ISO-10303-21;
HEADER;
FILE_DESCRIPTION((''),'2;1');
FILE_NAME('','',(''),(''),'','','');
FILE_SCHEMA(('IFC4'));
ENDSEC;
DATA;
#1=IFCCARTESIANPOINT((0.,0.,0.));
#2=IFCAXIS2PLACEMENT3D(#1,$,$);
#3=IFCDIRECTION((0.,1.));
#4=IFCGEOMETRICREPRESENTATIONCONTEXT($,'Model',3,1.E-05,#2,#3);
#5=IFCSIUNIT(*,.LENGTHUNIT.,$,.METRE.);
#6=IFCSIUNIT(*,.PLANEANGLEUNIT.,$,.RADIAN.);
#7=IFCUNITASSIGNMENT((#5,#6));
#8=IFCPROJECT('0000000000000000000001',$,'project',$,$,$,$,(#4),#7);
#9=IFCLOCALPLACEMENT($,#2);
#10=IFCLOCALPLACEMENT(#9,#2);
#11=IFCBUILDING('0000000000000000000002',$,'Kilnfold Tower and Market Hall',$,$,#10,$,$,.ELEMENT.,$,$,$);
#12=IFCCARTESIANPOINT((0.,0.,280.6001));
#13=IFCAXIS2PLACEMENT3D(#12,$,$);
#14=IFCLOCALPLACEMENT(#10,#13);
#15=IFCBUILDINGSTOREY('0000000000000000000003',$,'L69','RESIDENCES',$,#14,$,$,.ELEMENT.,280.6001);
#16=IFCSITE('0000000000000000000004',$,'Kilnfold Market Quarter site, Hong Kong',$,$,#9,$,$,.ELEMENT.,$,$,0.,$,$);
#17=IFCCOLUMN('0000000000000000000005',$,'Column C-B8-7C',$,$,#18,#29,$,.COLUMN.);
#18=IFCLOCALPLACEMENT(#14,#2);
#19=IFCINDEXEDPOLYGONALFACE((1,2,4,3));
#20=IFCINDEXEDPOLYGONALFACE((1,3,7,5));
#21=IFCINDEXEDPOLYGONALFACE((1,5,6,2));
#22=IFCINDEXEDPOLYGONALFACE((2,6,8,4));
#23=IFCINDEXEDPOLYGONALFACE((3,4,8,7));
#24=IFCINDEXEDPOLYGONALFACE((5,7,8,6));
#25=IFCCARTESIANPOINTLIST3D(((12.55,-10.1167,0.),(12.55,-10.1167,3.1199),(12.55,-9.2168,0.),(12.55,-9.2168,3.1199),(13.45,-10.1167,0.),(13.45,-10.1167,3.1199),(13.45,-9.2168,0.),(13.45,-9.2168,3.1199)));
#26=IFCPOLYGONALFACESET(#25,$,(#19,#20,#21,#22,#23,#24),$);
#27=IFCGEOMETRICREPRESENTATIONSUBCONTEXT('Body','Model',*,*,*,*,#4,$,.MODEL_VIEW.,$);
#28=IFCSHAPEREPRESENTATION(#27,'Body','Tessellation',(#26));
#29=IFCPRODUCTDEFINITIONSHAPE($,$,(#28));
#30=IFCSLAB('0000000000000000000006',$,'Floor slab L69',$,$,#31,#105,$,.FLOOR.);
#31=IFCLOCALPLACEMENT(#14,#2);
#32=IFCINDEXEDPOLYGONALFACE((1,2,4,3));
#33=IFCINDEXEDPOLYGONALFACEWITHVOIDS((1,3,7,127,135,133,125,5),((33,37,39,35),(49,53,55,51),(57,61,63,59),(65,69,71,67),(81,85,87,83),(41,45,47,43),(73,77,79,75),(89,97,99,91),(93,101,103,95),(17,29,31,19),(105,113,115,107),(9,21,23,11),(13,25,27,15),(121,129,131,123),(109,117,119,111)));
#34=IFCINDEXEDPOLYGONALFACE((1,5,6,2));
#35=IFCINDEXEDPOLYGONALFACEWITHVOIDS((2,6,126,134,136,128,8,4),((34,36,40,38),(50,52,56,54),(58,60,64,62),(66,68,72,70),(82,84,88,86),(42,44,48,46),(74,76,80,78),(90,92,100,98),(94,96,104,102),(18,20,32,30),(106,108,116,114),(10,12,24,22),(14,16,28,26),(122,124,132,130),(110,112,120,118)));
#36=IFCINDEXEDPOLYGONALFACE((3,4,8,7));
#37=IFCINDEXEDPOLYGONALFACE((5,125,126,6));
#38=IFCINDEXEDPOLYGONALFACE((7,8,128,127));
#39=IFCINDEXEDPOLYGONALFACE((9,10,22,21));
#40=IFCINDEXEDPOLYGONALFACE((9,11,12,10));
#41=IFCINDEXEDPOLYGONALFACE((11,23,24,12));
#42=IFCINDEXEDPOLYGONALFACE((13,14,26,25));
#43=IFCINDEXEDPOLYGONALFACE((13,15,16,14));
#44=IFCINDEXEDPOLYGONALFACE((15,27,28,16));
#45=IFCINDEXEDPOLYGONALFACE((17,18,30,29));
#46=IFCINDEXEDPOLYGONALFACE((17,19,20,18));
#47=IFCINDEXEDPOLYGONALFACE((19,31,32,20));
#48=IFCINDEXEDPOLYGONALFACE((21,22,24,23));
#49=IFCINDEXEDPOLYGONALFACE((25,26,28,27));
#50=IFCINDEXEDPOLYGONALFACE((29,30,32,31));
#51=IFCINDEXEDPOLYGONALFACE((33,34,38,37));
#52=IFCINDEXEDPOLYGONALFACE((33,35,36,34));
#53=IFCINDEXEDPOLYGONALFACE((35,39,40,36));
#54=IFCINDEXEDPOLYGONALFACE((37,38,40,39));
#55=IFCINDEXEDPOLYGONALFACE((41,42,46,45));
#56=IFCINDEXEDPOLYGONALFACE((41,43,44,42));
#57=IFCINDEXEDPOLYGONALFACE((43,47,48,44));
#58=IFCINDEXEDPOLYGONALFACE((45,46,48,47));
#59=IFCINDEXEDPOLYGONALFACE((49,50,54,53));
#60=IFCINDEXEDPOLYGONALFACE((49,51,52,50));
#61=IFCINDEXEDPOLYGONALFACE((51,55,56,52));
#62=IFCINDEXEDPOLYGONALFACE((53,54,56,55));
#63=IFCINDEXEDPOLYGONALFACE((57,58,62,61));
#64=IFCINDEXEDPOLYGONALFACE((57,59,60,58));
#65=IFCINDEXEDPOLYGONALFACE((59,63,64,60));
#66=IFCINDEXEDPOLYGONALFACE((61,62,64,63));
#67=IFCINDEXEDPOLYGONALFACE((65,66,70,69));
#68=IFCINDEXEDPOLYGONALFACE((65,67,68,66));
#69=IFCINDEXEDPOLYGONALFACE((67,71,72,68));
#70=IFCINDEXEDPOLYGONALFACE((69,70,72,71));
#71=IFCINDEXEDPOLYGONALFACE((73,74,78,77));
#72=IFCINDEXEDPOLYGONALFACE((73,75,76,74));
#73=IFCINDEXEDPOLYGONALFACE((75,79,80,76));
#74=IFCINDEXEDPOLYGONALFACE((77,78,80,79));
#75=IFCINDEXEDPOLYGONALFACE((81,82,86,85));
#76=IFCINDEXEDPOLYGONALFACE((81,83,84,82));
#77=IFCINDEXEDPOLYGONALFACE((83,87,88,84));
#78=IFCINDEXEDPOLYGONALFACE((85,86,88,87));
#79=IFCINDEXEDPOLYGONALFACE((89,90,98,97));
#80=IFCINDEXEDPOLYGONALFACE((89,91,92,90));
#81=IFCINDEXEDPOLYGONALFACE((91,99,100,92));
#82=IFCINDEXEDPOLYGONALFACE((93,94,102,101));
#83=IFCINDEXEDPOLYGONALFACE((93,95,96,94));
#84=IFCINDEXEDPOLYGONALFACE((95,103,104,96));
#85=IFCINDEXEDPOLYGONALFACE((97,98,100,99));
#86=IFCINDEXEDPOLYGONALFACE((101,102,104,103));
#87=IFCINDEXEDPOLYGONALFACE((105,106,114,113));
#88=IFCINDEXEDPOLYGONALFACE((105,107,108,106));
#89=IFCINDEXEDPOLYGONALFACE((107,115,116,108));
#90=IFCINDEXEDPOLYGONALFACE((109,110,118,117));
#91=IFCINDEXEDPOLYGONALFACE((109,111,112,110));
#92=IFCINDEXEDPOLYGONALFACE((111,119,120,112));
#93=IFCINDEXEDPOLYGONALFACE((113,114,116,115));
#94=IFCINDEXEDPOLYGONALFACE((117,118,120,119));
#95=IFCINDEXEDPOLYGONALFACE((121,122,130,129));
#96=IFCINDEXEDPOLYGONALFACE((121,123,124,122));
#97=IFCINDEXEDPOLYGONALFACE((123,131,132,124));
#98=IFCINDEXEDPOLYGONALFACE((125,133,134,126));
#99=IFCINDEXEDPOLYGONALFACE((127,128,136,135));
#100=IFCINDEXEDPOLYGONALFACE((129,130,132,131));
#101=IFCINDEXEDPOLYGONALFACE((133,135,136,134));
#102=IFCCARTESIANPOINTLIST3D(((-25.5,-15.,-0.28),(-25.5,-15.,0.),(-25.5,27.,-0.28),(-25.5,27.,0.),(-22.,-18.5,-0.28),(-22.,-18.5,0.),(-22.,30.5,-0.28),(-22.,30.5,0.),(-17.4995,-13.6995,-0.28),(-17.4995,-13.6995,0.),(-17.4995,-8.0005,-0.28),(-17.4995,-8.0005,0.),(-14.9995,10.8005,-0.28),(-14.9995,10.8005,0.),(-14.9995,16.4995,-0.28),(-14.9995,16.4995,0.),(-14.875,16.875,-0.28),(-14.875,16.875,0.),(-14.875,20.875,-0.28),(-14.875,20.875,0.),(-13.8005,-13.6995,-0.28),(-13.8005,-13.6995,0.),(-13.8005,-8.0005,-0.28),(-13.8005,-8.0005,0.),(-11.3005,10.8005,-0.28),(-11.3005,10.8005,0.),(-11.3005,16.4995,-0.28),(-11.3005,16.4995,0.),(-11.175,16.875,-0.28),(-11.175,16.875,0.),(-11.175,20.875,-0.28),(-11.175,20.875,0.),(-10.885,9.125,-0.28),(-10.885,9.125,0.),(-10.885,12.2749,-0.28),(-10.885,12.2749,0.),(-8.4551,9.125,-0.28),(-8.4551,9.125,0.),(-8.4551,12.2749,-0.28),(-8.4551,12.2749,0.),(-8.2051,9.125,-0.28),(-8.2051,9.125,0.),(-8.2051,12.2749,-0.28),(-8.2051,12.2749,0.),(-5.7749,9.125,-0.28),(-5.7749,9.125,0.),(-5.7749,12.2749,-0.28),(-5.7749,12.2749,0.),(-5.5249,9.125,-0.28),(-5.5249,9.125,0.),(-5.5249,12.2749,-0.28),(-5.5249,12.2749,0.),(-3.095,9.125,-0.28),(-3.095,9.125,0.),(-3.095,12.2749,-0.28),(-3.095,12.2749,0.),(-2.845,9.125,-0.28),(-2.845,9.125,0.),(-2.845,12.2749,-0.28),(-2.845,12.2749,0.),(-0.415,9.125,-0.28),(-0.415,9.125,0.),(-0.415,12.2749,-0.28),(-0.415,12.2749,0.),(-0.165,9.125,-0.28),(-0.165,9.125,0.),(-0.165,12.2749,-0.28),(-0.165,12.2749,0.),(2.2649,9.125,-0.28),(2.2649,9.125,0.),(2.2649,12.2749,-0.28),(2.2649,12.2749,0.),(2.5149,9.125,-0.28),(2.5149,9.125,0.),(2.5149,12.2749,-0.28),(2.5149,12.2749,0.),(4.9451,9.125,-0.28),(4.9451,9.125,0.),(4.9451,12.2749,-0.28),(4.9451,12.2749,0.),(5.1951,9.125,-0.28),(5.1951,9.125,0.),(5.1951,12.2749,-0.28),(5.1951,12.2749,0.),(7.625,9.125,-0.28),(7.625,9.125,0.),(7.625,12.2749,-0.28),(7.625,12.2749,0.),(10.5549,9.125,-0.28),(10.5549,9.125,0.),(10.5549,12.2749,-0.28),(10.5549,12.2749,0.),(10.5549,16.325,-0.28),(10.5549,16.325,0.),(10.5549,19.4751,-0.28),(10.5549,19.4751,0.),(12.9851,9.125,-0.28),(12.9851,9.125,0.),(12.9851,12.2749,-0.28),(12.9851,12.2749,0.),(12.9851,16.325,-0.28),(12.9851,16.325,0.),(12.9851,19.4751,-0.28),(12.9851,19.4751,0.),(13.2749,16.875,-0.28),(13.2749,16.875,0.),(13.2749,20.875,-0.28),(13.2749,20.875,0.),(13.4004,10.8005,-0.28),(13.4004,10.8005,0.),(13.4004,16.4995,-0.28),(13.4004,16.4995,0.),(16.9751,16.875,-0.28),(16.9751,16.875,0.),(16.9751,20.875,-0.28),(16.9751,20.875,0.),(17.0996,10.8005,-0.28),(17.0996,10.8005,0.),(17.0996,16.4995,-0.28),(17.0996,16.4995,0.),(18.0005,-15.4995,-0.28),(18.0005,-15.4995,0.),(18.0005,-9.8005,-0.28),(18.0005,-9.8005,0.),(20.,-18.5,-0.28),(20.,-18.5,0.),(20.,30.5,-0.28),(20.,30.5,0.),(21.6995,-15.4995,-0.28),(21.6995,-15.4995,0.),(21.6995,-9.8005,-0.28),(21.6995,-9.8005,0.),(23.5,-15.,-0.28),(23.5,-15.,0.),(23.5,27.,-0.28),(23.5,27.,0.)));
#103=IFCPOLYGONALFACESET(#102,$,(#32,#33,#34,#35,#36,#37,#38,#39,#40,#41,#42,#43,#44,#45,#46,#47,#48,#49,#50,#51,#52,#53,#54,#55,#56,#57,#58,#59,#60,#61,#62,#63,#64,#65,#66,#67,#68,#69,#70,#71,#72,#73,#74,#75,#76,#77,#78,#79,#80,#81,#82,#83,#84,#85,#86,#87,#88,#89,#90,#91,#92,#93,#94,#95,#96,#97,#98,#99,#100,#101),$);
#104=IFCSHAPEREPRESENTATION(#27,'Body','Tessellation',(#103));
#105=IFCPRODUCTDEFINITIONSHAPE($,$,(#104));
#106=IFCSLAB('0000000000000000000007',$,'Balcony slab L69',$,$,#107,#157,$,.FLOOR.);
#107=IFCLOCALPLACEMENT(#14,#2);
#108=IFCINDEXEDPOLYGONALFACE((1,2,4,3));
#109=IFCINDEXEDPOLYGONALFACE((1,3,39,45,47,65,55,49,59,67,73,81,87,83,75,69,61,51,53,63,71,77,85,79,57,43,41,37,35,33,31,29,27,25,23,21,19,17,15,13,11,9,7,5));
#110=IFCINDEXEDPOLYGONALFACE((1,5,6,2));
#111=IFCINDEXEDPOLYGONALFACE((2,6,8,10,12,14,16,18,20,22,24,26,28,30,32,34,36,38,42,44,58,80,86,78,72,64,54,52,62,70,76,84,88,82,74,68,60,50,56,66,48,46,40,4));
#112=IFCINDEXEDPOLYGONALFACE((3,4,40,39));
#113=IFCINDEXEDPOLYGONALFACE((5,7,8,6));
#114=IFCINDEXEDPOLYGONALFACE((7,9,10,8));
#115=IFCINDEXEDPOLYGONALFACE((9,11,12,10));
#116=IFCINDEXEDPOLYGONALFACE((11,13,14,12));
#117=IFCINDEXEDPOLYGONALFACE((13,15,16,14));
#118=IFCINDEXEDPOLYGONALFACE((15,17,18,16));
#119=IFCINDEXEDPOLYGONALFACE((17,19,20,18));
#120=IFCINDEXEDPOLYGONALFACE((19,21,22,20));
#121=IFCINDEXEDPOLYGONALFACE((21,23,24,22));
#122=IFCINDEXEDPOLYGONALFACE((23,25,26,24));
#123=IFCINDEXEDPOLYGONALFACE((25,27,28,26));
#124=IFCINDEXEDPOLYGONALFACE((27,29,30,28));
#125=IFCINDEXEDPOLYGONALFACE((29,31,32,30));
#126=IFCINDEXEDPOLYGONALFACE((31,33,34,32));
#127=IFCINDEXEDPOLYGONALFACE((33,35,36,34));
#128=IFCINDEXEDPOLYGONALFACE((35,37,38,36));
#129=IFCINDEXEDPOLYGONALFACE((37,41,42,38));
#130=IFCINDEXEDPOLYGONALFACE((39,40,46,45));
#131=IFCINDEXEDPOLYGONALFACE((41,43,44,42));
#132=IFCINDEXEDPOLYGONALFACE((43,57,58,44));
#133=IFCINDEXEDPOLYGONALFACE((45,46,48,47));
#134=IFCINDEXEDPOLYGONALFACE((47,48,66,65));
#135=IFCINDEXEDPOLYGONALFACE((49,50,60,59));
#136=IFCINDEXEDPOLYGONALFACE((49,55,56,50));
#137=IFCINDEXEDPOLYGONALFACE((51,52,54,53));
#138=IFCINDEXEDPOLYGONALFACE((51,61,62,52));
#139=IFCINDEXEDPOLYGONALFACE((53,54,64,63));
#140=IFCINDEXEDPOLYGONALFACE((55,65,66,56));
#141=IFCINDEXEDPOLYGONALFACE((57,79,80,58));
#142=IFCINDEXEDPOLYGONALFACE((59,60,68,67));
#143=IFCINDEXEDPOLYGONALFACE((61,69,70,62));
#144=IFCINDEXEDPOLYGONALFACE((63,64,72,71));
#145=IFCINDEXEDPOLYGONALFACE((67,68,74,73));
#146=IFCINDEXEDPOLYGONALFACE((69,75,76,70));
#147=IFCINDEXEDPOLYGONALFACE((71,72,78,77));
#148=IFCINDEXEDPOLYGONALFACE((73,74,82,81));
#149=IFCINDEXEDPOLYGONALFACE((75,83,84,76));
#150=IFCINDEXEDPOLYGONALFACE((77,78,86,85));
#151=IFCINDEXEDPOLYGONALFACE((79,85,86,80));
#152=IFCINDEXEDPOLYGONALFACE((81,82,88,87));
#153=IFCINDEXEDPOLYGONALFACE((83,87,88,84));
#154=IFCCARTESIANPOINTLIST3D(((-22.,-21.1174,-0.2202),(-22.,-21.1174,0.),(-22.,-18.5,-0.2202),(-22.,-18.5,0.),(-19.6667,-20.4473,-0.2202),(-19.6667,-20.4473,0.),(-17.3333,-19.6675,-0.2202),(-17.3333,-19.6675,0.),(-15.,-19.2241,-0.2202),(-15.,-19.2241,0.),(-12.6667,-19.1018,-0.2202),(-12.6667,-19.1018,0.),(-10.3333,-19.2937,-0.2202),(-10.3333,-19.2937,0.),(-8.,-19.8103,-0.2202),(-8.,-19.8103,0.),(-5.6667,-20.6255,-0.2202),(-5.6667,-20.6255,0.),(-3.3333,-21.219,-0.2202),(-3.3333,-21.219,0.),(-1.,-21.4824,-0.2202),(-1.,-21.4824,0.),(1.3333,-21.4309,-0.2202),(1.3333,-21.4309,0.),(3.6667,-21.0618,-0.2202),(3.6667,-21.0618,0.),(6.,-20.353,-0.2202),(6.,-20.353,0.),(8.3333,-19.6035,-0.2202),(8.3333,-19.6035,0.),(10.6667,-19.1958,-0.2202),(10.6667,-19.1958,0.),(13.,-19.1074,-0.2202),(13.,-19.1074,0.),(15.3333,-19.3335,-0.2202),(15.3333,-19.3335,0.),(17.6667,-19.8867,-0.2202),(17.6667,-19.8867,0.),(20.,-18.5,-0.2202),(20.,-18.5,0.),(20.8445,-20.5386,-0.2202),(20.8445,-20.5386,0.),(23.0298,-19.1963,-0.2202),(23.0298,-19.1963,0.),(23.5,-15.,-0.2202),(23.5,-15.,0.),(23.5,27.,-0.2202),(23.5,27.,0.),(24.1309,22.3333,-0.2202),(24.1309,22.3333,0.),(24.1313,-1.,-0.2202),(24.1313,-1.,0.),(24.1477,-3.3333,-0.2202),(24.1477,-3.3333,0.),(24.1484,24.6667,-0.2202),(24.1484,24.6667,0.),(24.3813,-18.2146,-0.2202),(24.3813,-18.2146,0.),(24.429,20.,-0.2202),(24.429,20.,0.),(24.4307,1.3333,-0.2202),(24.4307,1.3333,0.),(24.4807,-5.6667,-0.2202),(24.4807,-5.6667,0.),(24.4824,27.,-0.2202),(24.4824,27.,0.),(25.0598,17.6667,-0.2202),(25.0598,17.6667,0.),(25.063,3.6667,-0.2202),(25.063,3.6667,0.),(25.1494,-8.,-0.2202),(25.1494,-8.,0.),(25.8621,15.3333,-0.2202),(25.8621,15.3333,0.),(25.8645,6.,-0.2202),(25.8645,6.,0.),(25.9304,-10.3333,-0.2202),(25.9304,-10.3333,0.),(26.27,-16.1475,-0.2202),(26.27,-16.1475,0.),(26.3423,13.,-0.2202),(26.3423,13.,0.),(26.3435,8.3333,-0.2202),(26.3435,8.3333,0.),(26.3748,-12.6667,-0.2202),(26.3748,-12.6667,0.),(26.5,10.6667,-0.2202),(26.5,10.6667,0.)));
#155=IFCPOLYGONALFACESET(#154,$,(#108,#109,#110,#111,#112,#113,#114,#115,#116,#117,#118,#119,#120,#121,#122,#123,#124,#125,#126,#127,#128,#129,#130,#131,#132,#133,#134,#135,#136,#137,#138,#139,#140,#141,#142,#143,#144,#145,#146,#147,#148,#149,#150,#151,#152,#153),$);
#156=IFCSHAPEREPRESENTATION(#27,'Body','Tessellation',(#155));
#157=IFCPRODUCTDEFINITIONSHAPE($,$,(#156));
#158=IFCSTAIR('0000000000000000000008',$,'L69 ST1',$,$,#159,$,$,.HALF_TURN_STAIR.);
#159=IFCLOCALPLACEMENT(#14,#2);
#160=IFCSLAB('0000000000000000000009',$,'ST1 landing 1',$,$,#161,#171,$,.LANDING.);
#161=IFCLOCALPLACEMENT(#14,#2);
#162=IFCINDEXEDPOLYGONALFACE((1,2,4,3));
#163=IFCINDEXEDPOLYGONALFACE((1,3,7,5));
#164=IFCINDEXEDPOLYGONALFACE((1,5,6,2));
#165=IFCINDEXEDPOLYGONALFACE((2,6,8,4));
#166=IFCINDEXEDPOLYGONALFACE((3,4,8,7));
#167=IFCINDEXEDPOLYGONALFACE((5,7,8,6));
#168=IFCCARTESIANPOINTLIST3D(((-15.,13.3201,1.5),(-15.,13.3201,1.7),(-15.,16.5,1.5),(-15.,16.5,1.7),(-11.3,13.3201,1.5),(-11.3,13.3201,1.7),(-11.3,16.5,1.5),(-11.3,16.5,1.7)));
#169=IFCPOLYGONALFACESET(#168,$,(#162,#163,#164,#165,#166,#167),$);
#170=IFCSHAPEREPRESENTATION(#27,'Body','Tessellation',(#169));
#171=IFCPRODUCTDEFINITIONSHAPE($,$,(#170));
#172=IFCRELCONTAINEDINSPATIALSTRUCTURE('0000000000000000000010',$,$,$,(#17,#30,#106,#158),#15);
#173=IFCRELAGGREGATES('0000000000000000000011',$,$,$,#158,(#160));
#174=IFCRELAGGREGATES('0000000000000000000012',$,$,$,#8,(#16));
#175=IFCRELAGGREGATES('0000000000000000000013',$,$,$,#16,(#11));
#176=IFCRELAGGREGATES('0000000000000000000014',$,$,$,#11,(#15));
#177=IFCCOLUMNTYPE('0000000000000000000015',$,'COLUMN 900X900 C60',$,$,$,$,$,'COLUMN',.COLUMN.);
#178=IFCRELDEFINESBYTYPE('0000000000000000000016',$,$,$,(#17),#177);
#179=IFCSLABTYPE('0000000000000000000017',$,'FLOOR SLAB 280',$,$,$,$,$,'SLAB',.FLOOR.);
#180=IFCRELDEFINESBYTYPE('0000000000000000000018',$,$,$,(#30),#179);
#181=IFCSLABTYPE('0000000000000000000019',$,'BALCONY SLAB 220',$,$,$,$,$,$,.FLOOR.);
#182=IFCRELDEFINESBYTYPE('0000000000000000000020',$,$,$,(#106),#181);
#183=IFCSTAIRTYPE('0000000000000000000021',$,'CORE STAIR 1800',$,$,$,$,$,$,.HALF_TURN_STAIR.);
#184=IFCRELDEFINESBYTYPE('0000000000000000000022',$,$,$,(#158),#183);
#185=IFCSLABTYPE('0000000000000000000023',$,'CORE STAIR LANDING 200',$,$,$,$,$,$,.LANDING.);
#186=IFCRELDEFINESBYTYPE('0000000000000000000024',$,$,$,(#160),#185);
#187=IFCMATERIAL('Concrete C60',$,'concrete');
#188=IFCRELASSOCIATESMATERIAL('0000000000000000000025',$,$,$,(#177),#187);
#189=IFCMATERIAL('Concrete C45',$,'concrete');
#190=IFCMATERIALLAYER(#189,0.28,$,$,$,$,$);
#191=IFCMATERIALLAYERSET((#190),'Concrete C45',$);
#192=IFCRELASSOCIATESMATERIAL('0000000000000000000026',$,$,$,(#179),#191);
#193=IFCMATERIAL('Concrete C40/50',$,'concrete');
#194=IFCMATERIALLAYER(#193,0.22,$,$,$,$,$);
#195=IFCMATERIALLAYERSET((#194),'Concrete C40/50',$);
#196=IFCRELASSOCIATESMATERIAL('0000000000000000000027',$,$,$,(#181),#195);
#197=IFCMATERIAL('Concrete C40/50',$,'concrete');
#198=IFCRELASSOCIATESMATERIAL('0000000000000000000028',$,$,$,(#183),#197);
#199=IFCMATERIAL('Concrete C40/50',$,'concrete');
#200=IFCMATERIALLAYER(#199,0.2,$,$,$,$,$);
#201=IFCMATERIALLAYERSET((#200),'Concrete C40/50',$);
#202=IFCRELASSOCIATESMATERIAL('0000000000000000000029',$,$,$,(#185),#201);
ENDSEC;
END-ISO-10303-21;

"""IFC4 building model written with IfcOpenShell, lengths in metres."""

from ifc_helpers import new_model, si_unit, direction, frame, origin, origin_2d, place, context, subcontext, project, spatial, polyline, rectangle, outline, extrude, source, transform, mapped, material, layer, layer_set, material_profile, profile_set, type_object, element, aggregate, save


model = new_model("IFC4")

# Units and contexts
model_context = context("Model", 3, precision=1e-05, world=origin(), true_north=direction((0.0, 1.0)))
body_context = subcontext(model_context, "Body", "Model", "MODEL_VIEW")
ifc_project = project(units=[si_unit("LENGTHUNIT", "METRE"), si_unit("PLANEANGLEUNIT", "RADIAN")], contexts=[model_context])

# Site, building, storey
site_placement = place(None, origin())
site = spatial("IfcSite", under=ifc_project, at=site_placement, Name="Kilnfold Market Quarter site, Hong Kong", CompositionType="ELEMENT", RefElevation=0.0)
building_placement = place(site_placement, origin())
building = spatial("IfcBuilding", under=site, at=building_placement, Name="Kilnfold Tower and Market Hall", CompositionType="ELEMENT")
storey_placement = place(building_placement, frame((0.0, 0.0, 280.6001)))
storey = spatial("IfcBuildingStorey", under=building, at=storey_placement, Name="L69", Description="RESIDENCES", CompositionType="ELEMENT", Elevation=280.6001)

# Column
ifc_material_1 = material(Name="Concrete C60", Category="concrete")
ifc_material_profile = material_profile(ifc_material_1, rectangle(XDim=0.8999, YDim=0.8999, at=origin_2d()), Name="RC 900x900")
ifc_profile_set = profile_set([ifc_material_profile], Name="Concrete C60")
column_type = type_object("IfcColumnType", Name="COLUMN 900X900 C60", ElementType="COLUMN", PredefinedType="COLUMN", material=ifc_profile_set)
shared_shape_1 = source(origin(), body_context, "Body", "SweptSolid", [
    extrude(rectangle(XDim=0.8999, YDim=0.8999, at=origin_2d()), origin(), (0.0, 0.0, 1.0), 3.1199),
])
column_placement = place(storey_placement, frame((13.0, -9.6667, 0.0), z_axis=(0.0, 0.0, 1.0), x_axis=(1.0, 0.0, 0.0)))
element("IfcColumn", 1, at=column_placement, inside=storey, type_object=column_type, Name="Column C-B8-7C", PredefinedType="COLUMN", context=body_context, shape_type="MappedRepresentation", body=[
    mapped(shared_shape_1, transform((0.0, 0.0, 0.0))),
])

# Slabs
ifc_material_2 = material(Name="Concrete C45", Category="concrete")
ifc_layer_1 = layer(ifc_material_2, 0.28)
ifc_layer_set_1 = layer_set([ifc_layer_1], Name="Concrete C45")
slab_type_1 = type_object("IfcSlabType", Name="FLOOR SLAB 280", ElementType="SLAB", PredefinedType="FLOOR", material=ifc_layer_set_1)
shared_shape_2 = source(origin(), body_context, "Body", "SweptSolid", [
    extrude(outline(polyline([(-22.0, -18.5), (20.0, -18.5), (23.5, -15.0), (23.5, 27.0), (20.0, 30.5), (-22.0, 30.5), (-25.5, 27.0), (-25.5, -15.0), (-22.0, -18.5)]), holes=[polyline([(-13.8005, -8.0005), (-13.8005, -13.6995), (-17.4995, -13.6995), (-17.4995, -8.0005), (-13.8005, -8.0005)]), polyline([(-11.3005, 10.8005), (-14.9995, 10.8005), (-14.9995, 16.4995), (-11.3005, 16.4995), (-11.3005, 10.8005)]), polyline([(-11.175, 16.875), (-14.875, 16.875), (-14.875, 20.875), (-11.175, 20.875), (-11.175, 16.875)]), polyline([(-8.4551, 9.125), (-10.885, 9.125), (-10.885, 12.2749), (-8.4551, 12.2749), (-8.4551, 9.125)]), polyline([(-5.7749, 9.125), (-8.2051, 9.125), (-8.2051, 12.2749), (-5.7749, 12.2749), (-5.7749, 9.125)]), polyline([(-3.095, 9.125), (-5.5249, 9.125), (-5.5249, 12.2749), (-3.095, 12.2749), (-3.095, 9.125)]), polyline([(-0.415, 9.125), (-2.845, 9.125), (-2.845, 12.2749), (-0.415, 12.2749), (-0.415, 9.125)]), polyline([(2.2649, 9.125), (-0.165, 9.125), (-0.165, 12.2749), (2.2649, 12.2749), (2.2649, 9.125)]), polyline([(4.9451, 9.125), (2.5149, 9.125), (2.5149, 12.2749), (4.9451, 12.2749), (4.9451, 9.125)]), polyline([(7.625, 9.125), (5.1951, 9.125), (5.1951, 12.2749), (7.625, 12.2749), (7.625, 9.125)]), polyline([(12.9851, 9.125), (10.5549, 9.125), (10.5549, 12.2749), (12.9851, 12.2749), (12.9851, 9.125)]), polyline([(12.9851, 16.325), (10.5549, 16.325), (10.5549, 19.4751), (12.9851, 19.4751), (12.9851, 16.325)]), polyline([(16.9751, 16.875), (13.2749, 16.875), (13.2749, 20.875), (16.9751, 20.875), (16.9751, 16.875)]), polyline([(17.0996, 10.8005), (13.4004, 10.8005), (13.4004, 16.4995), (17.0996, 16.4995), (17.0996, 10.8005)]), polyline([(18.0005, -9.8005), (21.6995, -9.8005), (21.6995, -15.4995), (18.0005, -15.4995), (18.0005, -9.8005)])]), origin(), (0.0, 0.0, 1.0), 0.28),
])
slab_1_placement = place(storey_placement, frame((0.0, 0.0, -0.28)))
element("IfcSlab", 2, at=slab_1_placement, inside=storey, type_object=slab_type_1, Name="Floor slab L69", PredefinedType="FLOOR", context=body_context, shape_type="MappedRepresentation", body=[
    mapped(shared_shape_2, transform((0.0, 0.0, 0.0))),
])
ifc_material_3 = material(Name="Concrete C40/50", Category="concrete")
ifc_layer_2 = layer(ifc_material_3, 0.22)
ifc_layer_set_2 = layer_set([ifc_layer_2], Name="Concrete C40/50")
slab_type_2 = type_object("IfcSlabType", Name="BALCONY SLAB 220", PredefinedType="FLOOR", material=ifc_layer_set_2)
shared_shape_3 = source(origin(), body_context, "Body", "SweptSolid", [
    extrude(outline(polyline([(-22.0, -18.5), (20.0, -18.5), (23.5, -15.0), (23.5, 27.0), (24.4824, 27.0), (24.1484, 24.6667), (24.1309, 22.3333), (24.429, 20.0), (25.0598, 17.6667), (25.8621, 15.3333), (26.3423, 13.0), (26.5, 10.6667), (26.3435, 8.3333), (25.8645, 6.0), (25.063, 3.6667), (24.4307, 1.3333), (24.1313, -1.0), (24.1477, -3.3333), (24.4807, -5.6667), (25.1494, -8.0), (25.9304, -10.3333), (26.3748, -12.6667), (26.27, -16.1475), (24.3813, -18.2146), (23.0298, -19.1963), (20.8445, -20.5386), (17.6667, -19.8867), (15.3333, -19.3335), (13.0, -19.1074), (10.6667, -19.1958), (8.3333, -19.6035), (6.0, -20.353), (3.6667, -21.0618), (1.3333, -21.4309), (-1.0, -21.4824), (-3.3333, -21.219), (-5.6667, -20.6255), (-8.0, -19.8103), (-10.3333, -19.2937), (-12.6667, -19.1018), (-15.0, -19.2241), (-17.3333, -19.6675), (-19.6667, -20.4473), (-22.0, -21.1174), (-22.0, -18.5)])), origin(), (0.0, 0.0, 1.0), 0.2202),
])
slab_2_placement = place(storey_placement, frame((0.0, 0.0, -0.2202)))
element("IfcSlab", 3, at=slab_2_placement, inside=storey, type_object=slab_type_2, Name="Balcony slab L69", PredefinedType="FLOOR", context=body_context, shape_type="MappedRepresentation", body=[
    mapped(shared_shape_3, transform((0.0, 0.0, 0.0))),
])

# Stair, slab
ifc_material_4 = material(Name="Concrete C40/50", Category="concrete")
stair_type = type_object("IfcStairType", Name="CORE STAIR 1800", PredefinedType="HALF_TURN_STAIR", material=ifc_material_4)
stair_1_placement = place(storey_placement, origin())
stair_1 = element("IfcStair", 4, at=stair_1_placement, inside=storey, type_object=stair_type, Name="L69 ST1", PredefinedType="HALF_TURN_STAIR")
ifc_material_5 = material(Name="Concrete C40/50", Category="concrete")
ifc_layer_3 = layer(ifc_material_5, 0.2)
ifc_layer_set_3 = layer_set([ifc_layer_3], Name="Concrete C40/50")
slab_type_3 = type_object("IfcSlabType", Name="CORE STAIR LANDING 200", PredefinedType="LANDING", material=ifc_layer_set_3)
shared_shape_4 = source(origin(), body_context, "Body", "SweptSolid", [
    extrude(outline(polyline([(-11.3, 13.3201), (-11.3, 16.5), (-15.0, 16.5), (-15.0, 13.3201), (-11.3, 13.3201)])), origin(), (0.0, 0.0, 1.0), 0.2),
])
slab_3_placement = place(storey_placement, frame((0.0, 0.0, 1.5)))
slab_3 = element("IfcSlab", 5, at=slab_3_placement, type_object=slab_type_3, Name="ST1 landing 1", PredefinedType="LANDING", context=body_context, shape_type="MappedRepresentation", body=[
    mapped(shared_shape_4, transform((0.0, 0.0, 0.0))),
])
aggregate(stair_1, [slab_3])

save(model, "model.ifc")
